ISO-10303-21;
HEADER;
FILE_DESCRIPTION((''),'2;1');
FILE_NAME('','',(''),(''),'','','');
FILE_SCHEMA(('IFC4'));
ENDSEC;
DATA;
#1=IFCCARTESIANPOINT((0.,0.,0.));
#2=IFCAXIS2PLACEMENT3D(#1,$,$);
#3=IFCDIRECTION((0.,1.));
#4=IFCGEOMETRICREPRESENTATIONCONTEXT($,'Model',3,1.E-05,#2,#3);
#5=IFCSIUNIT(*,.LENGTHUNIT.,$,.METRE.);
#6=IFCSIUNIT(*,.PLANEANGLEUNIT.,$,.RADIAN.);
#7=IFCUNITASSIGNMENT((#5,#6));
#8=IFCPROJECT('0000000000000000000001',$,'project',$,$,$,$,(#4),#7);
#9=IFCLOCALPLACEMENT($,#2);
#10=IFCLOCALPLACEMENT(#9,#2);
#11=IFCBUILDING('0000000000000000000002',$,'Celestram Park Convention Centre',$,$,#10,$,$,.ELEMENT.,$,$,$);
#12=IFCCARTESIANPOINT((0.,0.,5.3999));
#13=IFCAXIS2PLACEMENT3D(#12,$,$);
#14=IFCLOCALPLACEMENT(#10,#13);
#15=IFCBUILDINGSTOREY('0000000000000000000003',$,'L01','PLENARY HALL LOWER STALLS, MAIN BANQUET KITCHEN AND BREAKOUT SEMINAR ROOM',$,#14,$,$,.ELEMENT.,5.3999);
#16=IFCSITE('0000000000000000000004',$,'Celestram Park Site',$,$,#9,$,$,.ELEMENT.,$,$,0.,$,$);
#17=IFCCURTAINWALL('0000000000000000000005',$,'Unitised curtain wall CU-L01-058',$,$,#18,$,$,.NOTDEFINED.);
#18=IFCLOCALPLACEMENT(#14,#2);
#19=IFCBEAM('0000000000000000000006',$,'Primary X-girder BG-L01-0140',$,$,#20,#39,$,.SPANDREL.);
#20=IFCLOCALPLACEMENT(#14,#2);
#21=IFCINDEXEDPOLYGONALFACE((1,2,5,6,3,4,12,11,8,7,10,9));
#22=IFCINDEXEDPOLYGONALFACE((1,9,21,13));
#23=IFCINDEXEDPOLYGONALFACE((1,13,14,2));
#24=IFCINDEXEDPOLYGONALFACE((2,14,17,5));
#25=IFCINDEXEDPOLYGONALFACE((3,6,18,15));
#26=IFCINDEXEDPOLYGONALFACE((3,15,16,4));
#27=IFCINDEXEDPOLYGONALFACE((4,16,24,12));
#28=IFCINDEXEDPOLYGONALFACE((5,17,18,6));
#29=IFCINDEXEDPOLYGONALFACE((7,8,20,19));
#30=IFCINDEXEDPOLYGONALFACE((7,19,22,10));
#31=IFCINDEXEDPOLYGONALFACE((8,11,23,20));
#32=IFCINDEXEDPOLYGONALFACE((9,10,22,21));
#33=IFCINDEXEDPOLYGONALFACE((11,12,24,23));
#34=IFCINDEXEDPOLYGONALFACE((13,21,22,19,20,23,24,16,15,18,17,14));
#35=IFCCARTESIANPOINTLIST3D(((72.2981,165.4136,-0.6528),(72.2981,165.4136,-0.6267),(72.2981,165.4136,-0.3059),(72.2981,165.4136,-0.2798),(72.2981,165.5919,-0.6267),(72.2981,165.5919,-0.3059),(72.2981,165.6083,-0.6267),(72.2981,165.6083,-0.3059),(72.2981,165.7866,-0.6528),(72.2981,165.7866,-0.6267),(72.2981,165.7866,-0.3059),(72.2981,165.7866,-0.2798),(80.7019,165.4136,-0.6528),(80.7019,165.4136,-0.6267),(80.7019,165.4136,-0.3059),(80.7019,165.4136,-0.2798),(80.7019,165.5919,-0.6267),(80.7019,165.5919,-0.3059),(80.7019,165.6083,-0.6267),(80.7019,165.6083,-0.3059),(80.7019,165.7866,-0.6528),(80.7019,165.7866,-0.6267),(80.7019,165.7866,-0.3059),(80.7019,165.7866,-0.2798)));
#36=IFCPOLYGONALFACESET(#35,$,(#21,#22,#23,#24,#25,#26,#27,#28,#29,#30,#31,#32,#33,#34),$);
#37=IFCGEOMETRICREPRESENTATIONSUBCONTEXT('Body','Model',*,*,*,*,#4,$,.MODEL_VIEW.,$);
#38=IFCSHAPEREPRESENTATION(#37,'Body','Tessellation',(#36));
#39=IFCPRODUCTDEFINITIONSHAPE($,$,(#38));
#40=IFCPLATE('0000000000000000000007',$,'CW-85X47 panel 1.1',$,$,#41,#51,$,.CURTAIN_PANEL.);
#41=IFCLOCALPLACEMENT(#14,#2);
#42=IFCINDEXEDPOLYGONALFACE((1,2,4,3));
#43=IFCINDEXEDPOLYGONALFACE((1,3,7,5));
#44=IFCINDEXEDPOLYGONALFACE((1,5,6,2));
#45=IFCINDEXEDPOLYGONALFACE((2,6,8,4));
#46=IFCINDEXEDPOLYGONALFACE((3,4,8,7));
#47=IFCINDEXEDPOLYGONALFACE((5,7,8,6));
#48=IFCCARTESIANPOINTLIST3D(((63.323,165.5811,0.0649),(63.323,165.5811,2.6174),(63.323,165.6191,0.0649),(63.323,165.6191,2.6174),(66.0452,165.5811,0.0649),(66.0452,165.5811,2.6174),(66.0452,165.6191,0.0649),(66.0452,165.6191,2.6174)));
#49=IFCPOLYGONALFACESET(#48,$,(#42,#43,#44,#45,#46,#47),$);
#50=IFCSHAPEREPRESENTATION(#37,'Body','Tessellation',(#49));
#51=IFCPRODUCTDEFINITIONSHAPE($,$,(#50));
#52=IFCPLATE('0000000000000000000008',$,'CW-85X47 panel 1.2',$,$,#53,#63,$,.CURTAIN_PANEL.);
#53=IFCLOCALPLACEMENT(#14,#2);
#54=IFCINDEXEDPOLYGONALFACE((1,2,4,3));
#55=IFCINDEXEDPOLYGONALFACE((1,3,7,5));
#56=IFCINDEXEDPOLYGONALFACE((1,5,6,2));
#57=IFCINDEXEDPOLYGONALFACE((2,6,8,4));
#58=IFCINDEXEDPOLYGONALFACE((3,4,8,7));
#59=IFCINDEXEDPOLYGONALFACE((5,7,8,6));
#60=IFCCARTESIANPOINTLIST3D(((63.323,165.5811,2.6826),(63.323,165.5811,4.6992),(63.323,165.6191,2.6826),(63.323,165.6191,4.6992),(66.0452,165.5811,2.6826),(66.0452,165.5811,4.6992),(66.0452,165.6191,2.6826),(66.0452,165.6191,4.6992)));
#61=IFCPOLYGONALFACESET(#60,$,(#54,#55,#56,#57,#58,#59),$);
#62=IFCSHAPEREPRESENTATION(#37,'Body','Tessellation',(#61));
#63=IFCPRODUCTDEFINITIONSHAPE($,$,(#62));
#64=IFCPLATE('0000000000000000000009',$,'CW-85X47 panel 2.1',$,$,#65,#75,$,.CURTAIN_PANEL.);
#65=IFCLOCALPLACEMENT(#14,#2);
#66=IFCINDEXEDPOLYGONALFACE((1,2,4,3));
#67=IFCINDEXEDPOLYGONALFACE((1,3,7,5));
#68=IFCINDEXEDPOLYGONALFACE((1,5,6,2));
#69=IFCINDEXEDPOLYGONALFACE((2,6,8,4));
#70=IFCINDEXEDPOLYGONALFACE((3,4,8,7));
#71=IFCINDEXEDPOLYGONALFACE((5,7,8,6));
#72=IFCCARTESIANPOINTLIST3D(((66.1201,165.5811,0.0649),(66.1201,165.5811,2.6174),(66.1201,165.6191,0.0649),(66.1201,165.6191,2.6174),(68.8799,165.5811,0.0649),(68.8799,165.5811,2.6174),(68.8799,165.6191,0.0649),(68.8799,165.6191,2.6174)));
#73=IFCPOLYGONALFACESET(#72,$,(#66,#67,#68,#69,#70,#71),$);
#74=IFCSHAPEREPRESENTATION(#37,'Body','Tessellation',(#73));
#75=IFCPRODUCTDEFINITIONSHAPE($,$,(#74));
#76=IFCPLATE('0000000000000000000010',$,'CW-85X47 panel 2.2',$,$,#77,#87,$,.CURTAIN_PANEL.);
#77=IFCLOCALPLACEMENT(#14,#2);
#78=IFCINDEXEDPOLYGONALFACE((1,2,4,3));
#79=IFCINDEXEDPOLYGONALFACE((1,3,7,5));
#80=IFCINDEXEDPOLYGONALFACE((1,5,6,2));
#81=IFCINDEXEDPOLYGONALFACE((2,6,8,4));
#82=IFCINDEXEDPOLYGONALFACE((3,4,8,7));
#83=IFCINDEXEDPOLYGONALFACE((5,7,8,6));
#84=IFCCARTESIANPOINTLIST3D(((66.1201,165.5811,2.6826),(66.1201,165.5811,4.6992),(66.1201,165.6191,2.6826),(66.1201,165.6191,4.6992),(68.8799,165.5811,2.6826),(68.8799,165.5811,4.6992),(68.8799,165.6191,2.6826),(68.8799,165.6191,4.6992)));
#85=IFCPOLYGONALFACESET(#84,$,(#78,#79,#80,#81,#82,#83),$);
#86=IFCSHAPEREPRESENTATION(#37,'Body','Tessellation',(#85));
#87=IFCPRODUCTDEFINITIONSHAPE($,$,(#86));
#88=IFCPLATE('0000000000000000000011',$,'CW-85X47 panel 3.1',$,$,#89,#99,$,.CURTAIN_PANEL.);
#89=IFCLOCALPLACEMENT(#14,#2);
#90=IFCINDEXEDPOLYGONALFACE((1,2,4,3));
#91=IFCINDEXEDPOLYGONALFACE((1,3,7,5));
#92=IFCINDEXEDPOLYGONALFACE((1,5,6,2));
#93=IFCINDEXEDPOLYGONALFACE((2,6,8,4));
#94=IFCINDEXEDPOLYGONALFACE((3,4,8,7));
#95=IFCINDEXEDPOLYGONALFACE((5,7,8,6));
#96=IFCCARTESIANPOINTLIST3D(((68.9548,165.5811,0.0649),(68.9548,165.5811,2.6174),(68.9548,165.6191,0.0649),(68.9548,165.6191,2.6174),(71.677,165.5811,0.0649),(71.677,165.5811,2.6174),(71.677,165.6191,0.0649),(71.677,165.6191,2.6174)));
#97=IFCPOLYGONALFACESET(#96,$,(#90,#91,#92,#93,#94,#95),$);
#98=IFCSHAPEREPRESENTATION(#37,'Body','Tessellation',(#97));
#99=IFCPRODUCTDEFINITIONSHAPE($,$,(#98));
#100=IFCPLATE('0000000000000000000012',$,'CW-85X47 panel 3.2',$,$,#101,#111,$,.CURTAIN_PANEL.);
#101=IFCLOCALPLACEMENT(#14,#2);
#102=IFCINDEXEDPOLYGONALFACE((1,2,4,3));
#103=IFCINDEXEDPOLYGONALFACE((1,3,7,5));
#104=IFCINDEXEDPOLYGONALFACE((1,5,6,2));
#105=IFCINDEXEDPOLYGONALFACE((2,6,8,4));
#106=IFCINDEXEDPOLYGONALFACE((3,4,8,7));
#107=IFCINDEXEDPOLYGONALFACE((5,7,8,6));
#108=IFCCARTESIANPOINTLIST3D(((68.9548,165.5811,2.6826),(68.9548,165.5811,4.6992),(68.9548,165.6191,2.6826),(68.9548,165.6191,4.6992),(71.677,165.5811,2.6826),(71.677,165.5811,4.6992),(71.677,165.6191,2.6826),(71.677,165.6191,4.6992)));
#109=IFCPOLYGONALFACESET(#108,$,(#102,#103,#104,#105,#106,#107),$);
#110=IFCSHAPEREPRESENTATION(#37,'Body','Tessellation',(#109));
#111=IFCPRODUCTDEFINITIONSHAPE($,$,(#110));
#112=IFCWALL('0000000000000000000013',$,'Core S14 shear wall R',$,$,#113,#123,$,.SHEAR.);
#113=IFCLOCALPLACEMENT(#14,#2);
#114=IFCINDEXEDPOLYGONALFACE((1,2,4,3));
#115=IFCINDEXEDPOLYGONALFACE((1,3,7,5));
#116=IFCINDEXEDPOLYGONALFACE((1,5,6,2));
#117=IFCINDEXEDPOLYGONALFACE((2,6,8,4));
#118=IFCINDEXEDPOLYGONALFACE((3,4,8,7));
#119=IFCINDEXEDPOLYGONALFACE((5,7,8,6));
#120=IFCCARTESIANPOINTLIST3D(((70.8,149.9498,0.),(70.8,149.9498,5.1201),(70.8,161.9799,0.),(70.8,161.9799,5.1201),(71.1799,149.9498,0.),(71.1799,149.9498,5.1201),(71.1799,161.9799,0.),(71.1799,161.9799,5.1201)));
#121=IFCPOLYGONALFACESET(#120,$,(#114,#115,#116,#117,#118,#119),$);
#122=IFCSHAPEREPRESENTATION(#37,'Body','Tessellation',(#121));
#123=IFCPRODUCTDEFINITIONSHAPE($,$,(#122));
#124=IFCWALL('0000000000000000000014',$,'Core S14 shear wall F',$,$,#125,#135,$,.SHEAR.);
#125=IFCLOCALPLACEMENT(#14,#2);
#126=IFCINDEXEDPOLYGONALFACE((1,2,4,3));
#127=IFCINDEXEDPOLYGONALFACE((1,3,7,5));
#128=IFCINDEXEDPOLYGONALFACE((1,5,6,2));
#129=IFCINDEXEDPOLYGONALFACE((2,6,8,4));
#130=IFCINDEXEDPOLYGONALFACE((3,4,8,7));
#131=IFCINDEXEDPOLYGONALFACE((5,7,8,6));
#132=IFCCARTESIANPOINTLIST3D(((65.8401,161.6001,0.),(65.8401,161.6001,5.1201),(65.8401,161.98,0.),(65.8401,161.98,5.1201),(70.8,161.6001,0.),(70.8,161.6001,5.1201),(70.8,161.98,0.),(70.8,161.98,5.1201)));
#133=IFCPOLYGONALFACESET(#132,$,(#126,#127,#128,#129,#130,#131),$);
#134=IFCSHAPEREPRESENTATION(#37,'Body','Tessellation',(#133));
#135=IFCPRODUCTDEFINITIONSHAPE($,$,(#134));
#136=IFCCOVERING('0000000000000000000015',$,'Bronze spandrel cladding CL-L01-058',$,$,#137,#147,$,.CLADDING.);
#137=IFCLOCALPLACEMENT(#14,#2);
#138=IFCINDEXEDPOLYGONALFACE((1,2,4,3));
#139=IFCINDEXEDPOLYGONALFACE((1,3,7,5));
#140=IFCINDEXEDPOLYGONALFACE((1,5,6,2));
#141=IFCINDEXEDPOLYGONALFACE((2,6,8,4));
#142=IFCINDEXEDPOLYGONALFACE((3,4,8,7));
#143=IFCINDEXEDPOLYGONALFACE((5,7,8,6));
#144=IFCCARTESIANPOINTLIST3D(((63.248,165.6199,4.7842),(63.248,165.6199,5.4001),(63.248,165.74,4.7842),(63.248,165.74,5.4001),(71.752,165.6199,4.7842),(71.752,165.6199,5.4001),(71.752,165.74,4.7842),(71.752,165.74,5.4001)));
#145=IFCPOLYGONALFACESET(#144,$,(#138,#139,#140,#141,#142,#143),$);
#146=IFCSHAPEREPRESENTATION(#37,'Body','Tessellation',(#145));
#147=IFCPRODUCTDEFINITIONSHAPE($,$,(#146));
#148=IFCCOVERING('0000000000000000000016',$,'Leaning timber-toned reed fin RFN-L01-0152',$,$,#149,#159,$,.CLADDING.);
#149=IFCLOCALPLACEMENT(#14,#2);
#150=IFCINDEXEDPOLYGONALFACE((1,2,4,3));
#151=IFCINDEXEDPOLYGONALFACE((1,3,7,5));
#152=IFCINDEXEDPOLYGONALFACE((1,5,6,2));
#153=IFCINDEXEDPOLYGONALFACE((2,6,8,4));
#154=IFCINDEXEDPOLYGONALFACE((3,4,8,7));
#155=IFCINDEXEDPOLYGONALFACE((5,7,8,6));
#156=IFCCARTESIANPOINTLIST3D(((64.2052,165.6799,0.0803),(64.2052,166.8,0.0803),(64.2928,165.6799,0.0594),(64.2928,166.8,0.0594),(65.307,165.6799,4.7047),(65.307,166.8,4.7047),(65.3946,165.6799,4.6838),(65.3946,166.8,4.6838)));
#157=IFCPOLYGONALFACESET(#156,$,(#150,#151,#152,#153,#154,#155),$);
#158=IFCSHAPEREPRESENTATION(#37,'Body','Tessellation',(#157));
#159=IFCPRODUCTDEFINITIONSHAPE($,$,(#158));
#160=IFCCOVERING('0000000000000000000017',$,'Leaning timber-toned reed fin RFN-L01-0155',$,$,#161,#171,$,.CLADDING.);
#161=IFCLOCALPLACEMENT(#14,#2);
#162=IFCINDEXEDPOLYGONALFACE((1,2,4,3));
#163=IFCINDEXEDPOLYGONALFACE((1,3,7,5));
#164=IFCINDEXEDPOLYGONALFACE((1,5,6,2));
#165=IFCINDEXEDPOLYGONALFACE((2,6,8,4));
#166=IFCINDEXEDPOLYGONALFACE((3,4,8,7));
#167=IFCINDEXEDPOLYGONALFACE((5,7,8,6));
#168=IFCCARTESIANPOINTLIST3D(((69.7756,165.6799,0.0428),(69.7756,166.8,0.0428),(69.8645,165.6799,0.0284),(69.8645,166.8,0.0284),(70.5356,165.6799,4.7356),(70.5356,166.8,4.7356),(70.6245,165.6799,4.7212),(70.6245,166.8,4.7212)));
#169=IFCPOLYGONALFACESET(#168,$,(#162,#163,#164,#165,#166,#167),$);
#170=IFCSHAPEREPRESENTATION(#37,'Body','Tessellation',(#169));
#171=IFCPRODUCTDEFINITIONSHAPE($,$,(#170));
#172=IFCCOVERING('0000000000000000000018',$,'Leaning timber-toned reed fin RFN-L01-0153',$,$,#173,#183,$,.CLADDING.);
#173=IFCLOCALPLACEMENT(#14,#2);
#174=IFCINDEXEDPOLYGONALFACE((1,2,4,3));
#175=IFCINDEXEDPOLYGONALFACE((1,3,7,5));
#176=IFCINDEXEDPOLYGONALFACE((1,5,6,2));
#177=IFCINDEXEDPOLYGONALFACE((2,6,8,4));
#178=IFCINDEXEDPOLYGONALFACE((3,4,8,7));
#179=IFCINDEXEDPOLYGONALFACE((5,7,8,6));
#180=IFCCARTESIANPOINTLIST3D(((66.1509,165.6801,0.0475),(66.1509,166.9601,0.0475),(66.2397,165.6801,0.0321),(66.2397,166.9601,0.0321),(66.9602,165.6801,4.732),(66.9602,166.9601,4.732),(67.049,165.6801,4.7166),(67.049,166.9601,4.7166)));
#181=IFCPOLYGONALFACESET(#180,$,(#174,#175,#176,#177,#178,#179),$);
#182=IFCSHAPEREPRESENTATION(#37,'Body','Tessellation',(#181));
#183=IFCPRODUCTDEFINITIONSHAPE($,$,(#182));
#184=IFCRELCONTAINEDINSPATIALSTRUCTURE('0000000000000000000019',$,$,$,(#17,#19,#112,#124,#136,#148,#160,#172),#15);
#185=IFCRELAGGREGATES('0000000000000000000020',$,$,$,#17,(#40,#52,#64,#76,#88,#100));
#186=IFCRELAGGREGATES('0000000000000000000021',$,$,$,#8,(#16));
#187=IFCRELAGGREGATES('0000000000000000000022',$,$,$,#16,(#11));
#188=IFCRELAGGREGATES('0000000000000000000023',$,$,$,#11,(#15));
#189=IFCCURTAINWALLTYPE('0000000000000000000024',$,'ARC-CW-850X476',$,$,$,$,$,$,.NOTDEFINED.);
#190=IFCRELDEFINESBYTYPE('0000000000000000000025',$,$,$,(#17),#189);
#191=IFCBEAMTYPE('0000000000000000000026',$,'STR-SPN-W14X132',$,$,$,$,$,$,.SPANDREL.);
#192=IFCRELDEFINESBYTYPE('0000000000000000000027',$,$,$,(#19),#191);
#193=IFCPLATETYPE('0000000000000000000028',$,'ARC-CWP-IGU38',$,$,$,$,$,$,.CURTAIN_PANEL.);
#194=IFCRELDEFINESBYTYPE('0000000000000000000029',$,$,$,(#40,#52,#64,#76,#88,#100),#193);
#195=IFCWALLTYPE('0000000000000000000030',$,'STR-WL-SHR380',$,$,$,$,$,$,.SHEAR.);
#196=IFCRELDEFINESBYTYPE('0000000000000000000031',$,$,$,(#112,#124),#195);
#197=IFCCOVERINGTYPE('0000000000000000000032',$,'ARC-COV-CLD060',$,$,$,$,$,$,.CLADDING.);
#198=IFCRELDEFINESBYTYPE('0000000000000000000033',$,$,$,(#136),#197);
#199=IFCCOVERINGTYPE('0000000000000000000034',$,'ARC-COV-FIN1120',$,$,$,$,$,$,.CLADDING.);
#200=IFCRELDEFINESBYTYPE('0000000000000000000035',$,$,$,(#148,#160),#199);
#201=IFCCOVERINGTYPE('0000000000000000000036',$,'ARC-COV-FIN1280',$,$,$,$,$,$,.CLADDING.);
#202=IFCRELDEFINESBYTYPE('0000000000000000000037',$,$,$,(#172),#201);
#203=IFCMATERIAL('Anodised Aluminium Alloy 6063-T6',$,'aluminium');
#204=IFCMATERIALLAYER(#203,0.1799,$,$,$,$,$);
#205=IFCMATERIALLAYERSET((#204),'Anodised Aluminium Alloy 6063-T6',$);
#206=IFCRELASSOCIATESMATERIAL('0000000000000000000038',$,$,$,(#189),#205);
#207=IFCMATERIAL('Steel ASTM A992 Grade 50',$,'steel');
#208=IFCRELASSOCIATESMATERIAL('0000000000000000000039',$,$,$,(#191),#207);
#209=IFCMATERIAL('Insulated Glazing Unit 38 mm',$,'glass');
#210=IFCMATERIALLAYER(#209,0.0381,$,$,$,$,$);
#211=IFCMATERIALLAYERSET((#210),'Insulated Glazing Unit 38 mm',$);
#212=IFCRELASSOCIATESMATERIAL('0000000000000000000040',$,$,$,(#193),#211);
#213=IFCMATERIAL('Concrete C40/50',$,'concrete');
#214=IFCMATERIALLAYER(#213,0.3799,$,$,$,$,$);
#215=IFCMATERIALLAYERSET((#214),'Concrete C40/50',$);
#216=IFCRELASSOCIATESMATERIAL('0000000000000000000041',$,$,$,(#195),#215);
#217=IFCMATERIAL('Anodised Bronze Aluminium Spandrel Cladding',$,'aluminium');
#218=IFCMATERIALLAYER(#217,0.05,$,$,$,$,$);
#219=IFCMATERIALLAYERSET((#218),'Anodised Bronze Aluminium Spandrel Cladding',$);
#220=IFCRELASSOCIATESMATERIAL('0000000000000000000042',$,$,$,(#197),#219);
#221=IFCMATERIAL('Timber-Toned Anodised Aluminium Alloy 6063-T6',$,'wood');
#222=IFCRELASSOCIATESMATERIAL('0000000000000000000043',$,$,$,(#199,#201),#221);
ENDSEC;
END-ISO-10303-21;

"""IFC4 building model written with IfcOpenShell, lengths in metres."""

from ifc_helpers import new_model, si_unit, direction, frame, frame_2d, origin, origin_2d, place, context, subcontext, project, spatial, rectangle, i_section, extrude, material, layer, layer_set, material_profile, profile_set, type_object, element, aggregate, save


model = new_model("IFC4")

# Units and contexts
model_context = context("Model", 3, precision=1e-05, world=origin(), true_north=direction((0.0, 1.0)))
body_context = subcontext(model_context, "Body", "Model", "MODEL_VIEW")
ifc_project = project(units=[si_unit("LENGTHUNIT", "METRE"), si_unit("PLANEANGLEUNIT", "RADIAN")], contexts=[model_context])

# Site, building, storey
site_placement = place(None, origin())
site = spatial("IfcSite", under=ifc_project, at=site_placement, Name="Celestram Park Site", CompositionType="ELEMENT", RefElevation=0.0)
building_placement = place(site_placement, origin())
building = spatial("IfcBuilding", under=site, at=building_placement, Name="Celestram Park Convention Centre", CompositionType="ELEMENT")
storey_placement = place(building_placement, frame((0.0, 0.0, 5.3999)))
storey = spatial("IfcBuildingStorey", under=building, at=storey_placement, Name="L01", Description="PLENARY HALL LOWER STALLS, MAIN BANQUET KITCHEN AND BREAKOUT SEMINAR ROOM", CompositionType="ELEMENT", Elevation=5.3999)

# Shared definitions
ifc_material_1 = material(Name="Concrete C40/50", Category="concrete")

# Curtain wall
ifc_material_2 = material(Name="Anodised Aluminium Alloy 6063-T6", Category="aluminium")
ifc_layer_1 = layer(ifc_material_2, 0.1799)
ifc_layer_set_1 = layer_set([ifc_layer_1], Name="Anodised Aluminium Alloy 6063-T6")
curtain_wall_type = type_object("IfcCurtainWallType", Name="ARC-CW-850X476", PredefinedType="NOTDEFINED", material=ifc_layer_set_1)
curtain_wall_1_placement = place(storey_placement, origin())
curtain_wall_1 = element("IfcCurtainWall", 1, at=curtain_wall_1_placement, inside=storey, type_object=curtain_wall_type, Name="Unitised curtain wall CU-L01-058", PredefinedType="NOTDEFINED")

# Beam
ifc_material_3 = material(Name="Steel ASTM A992 Grade 50", Category="steel")
ifc_material_profile_1 = material_profile(ifc_material_3, i_section(OverallWidth=0.373, OverallDepth=0.373, WebThickness=0.0164, FlangeThickness=0.0261, at=origin_2d()), Name="W14X132")
ifc_profile_set_1 = profile_set([ifc_material_profile_1], Name="Steel ASTM A992 Grade 50")
beam_type = type_object("IfcBeamType", Name="STR-SPN-W14X132", PredefinedType="SPANDREL", material=ifc_profile_set_1)
beam_placement = place(storey_placement, frame((72.2981, 165.6001, -0.4663), z_axis=(1.0, 0.0, 0.0), x_axis=(0.0, 1.0, 0.0)))
element("IfcBeam", 2, at=beam_placement, inside=storey, type_object=beam_type, Name="Primary X-girder BG-L01-0140", PredefinedType="SPANDREL", context=body_context, shape_type="SweptSolid", body=[
    extrude(i_section(OverallWidth=0.373, OverallDepth=0.373, WebThickness=0.0164, FlangeThickness=0.0261, at=origin_2d()), origin(), (0.0, 0.0, 1.0), 8.4038),
])

# Plates
ifc_material_4 = material(Name="Insulated Glazing Unit 38 mm", Category="glass")
ifc_layer_2 = layer(ifc_material_4, 0.0381)
ifc_layer_set_2 = layer_set([ifc_layer_2], Name="Insulated Glazing Unit 38 mm")
plate_type = type_object("IfcPlateType", Name="ARC-CWP-IGU38", PredefinedType="CURTAIN_PANEL", material=ifc_layer_set_2)
plate_1_placement = place(storey_placement, frame((64.6841, 165.6001, 0.0649), z_axis=(0.0, 0.0, 1.0), x_axis=(1.0, 0.0, 0.0)))
plate_1 = element("IfcPlate", 3, at=plate_1_placement, type_object=plate_type, Name="CW-85X47 panel 1.1", PredefinedType="CURTAIN_PANEL", context=body_context, shape_type="SweptSolid", body=[
    extrude(rectangle(XDim=2.7222, YDim=0.0381, at=origin_2d()), origin(), (0.0, 0.0, 1.0), 2.5525),
])
plate_2_placement = place(storey_placement, frame((64.6841, 165.6001, 2.6826), z_axis=(0.0, 0.0, 1.0), x_axis=(1.0, 0.0, 0.0)))
plate_2 = element("IfcPlate", 4, at=plate_2_placement, type_object=plate_type, Name="CW-85X47 panel 1.2", PredefinedType="CURTAIN_PANEL", context=body_context, shape_type="SweptSolid", body=[
    extrude(rectangle(XDim=2.7222, YDim=0.0381, at=origin_2d()), origin(), (0.0, 0.0, 1.0), 2.0166),
])
plate_3_placement = place(storey_placement, frame((67.5, 165.6001, 0.0649), z_axis=(0.0, 0.0, 1.0), x_axis=(1.0, 0.0, 0.0)))
plate_3 = element("IfcPlate", 5, at=plate_3_placement, type_object=plate_type, Name="CW-85X47 panel 2.1", PredefinedType="CURTAIN_PANEL", context=body_context, shape_type="SweptSolid", body=[
    extrude(rectangle(XDim=2.7598, YDim=0.0381, at=origin_2d()), origin(), (0.0, 0.0, 1.0), 2.5525),
])
plate_4_placement = place(storey_placement, frame((67.5, 165.6001, 2.6826), z_axis=(0.0, 0.0, 1.0), x_axis=(1.0, 0.0, 0.0)))
plate_4 = element("IfcPlate", 6, at=plate_4_placement, type_object=plate_type, Name="CW-85X47 panel 2.2", PredefinedType="CURTAIN_PANEL", context=body_context, shape_type="SweptSolid", body=[
    extrude(rectangle(XDim=2.7598, YDim=0.0381, at=origin_2d()), origin(), (0.0, 0.0, 1.0), 2.0166),
])
plate_5_placement = place(storey_placement, frame((70.3159, 165.6001, 0.0649), z_axis=(0.0, 0.0, 1.0), x_axis=(1.0, 0.0, 0.0)))
plate_5 = element("IfcPlate", 7, at=plate_5_placement, type_object=plate_type, Name="CW-85X47 panel 3.1", PredefinedType="CURTAIN_PANEL", context=body_context, shape_type="SweptSolid", body=[
    extrude(rectangle(XDim=2.7222, YDim=0.0381, at=origin_2d()), origin(), (0.0, 0.0, 1.0), 2.5525),
])
plate_6_placement = place(storey_placement, frame((70.3159, 165.6001, 2.6826), z_axis=(0.0, 0.0, 1.0), x_axis=(1.0, 0.0, 0.0)))
plate_6 = element("IfcPlate", 8, at=plate_6_placement, type_object=plate_type, Name="CW-85X47 panel 3.2", PredefinedType="CURTAIN_PANEL", context=body_context, shape_type="SweptSolid", body=[
    extrude(rectangle(XDim=2.7222, YDim=0.0381, at=origin_2d()), origin(), (0.0, 0.0, 1.0), 2.0166),
])
aggregate(curtain_wall_1, [plate_1, plate_2, plate_3, plate_4, plate_5, plate_6])

# Walls
ifc_layer_3 = layer(ifc_material_1, 0.3799)
ifc_layer_set_3 = layer_set([ifc_layer_3], Name="Concrete C40/50")
wall_type = type_object("IfcWallType", Name="STR-WL-SHR380", PredefinedType="SHEAR", material=ifc_layer_set_3)
wall_1_placement = place(storey_placement, frame((70.99, 161.98, 0.0), z_axis=(0.0, 0.0, 1.0), x_axis=(0.0, -1.0, 0.0)))
element("IfcWall", 9, at=wall_1_placement, inside=storey, type_object=wall_type, Name="Core S14 shear wall R", PredefinedType="SHEAR", context=body_context, shape_type="SweptSolid", body=[
    extrude(rectangle(XDim=12.03, YDim=0.3799, at=frame_2d((6.0151, 0.0))), origin(), (0.0, 0.0, 1.0), 5.1201),
])
wall_2_placement = place(storey_placement, frame((65.8401, 161.79, 0.0), z_axis=(0.0, 0.0, 1.0), x_axis=(1.0, 0.0, 0.0)))
element("IfcWall", 10, at=wall_2_placement, inside=storey, type_object=wall_type, Name="Core S14 shear wall F", PredefinedType="SHEAR", context=body_context, shape_type="SweptSolid", body=[
    extrude(rectangle(XDim=4.96, YDim=0.3799, at=frame_2d((2.48, 0.0))), origin(), (0.0, 0.0, 1.0), 5.1201),
])

# Coverings
ifc_material_5 = material(Name="Anodised Bronze Aluminium Spandrel Cladding", Category="aluminium")
ifc_layer_4 = layer(ifc_material_5, 0.05)
ifc_layer_set_4 = layer_set([ifc_layer_4], Name="Anodised Bronze Aluminium Spandrel Cladding")
covering_type_1 = type_object("IfcCoveringType", Name="ARC-COV-CLD060", PredefinedType="CLADDING", material=ifc_layer_set_4)
covering_1_placement = place(storey_placement, frame((67.5, 165.6799, 4.7842), z_axis=(0.0, 0.0, 1.0), x_axis=(1.0, 0.0, 0.0)))
element("IfcCovering", 11, at=covering_1_placement, inside=storey, type_object=covering_type_1, Name="Bronze spandrel cladding CL-L01-058", PredefinedType="CLADDING", context=body_context, shape_type="SweptSolid", body=[
    extrude(rectangle(XDim=8.5039, YDim=0.1201, at=origin_2d()), origin(), (0.0, 0.0, 1.0), 0.616),
])
ifc_material_6 = material(Name="Timber-Toned Anodised Aluminium Alloy 6063-T6", Category="wood")
ifc_material_profile_2 = material_profile(ifc_material_6, rectangle(XDim=1.1201, YDim=0.0901, at=origin_2d()), Name="REED1120X90")
ifc_profile_set_2 = profile_set([ifc_material_profile_2], Name="Timber-Toned Anodised Aluminium Alloy 6063-T6")
covering_type_2 = type_object("IfcCoveringType", Name="ARC-COV-FIN1120", PredefinedType="CLADDING", material=ifc_profile_set_2)
for number, where, z_axis, x_axis, name in (
    (12, (64.249, 166.24, 0.0698), (0.231766, 0.0, 0.972771), (0.0, 1.0, 0.0), "Leaning timber-toned reed fin RFN-L01-0152"),
    (13, (69.8201, 166.24, 0.0356), (0.159867, 0.0, 0.987139), (0.0, 1.0, 0.0), "Leaning timber-toned reed fin RFN-L01-0155"),
):
    element("IfcCovering", number, at=place(storey_placement, frame(where, z_axis=z_axis, x_axis=x_axis)), inside=storey, type_object=covering_type_2, Name=name, PredefinedType="CLADDING", context=body_context, shape_type="SweptSolid", body=[
        extrude(rectangle(XDim=1.1201, YDim=0.0901, at=origin_2d()), origin(), (0.0, 0.0, 1.0), 4.7539),
    ])
ifc_material_profile_3 = material_profile(ifc_material_6, rectangle(XDim=1.28, YDim=0.0901, at=origin_2d()), Name="REED1280X90")
ifc_profile_set_3 = profile_set([ifc_material_profile_3], Name="Timber-Toned Anodised Aluminium Alloy 6063-T6")
covering_type_3 = type_object("IfcCoveringType", Name="ARC-COV-FIN1280", PredefinedType="CLADDING", material=ifc_profile_set_3)
covering_2_placement = place(storey_placement, frame((66.1953, 166.3201, 0.0398), z_axis=(0.170242, 0.0, 0.985402), x_axis=(0.0, 1.0, 0.0)))
element("IfcCovering", 14, at=covering_2_placement, inside=storey, type_object=covering_type_3, Name="Leaning timber-toned reed fin RFN-L01-0153", PredefinedType="CLADDING", context=body_context, shape_type="SweptSolid", body=[
    extrude(rectangle(XDim=1.28, YDim=0.0901, at=origin_2d()), origin(), (0.0, 0.0, 1.0), 4.7539),
])

save(model, "model.ifc")
